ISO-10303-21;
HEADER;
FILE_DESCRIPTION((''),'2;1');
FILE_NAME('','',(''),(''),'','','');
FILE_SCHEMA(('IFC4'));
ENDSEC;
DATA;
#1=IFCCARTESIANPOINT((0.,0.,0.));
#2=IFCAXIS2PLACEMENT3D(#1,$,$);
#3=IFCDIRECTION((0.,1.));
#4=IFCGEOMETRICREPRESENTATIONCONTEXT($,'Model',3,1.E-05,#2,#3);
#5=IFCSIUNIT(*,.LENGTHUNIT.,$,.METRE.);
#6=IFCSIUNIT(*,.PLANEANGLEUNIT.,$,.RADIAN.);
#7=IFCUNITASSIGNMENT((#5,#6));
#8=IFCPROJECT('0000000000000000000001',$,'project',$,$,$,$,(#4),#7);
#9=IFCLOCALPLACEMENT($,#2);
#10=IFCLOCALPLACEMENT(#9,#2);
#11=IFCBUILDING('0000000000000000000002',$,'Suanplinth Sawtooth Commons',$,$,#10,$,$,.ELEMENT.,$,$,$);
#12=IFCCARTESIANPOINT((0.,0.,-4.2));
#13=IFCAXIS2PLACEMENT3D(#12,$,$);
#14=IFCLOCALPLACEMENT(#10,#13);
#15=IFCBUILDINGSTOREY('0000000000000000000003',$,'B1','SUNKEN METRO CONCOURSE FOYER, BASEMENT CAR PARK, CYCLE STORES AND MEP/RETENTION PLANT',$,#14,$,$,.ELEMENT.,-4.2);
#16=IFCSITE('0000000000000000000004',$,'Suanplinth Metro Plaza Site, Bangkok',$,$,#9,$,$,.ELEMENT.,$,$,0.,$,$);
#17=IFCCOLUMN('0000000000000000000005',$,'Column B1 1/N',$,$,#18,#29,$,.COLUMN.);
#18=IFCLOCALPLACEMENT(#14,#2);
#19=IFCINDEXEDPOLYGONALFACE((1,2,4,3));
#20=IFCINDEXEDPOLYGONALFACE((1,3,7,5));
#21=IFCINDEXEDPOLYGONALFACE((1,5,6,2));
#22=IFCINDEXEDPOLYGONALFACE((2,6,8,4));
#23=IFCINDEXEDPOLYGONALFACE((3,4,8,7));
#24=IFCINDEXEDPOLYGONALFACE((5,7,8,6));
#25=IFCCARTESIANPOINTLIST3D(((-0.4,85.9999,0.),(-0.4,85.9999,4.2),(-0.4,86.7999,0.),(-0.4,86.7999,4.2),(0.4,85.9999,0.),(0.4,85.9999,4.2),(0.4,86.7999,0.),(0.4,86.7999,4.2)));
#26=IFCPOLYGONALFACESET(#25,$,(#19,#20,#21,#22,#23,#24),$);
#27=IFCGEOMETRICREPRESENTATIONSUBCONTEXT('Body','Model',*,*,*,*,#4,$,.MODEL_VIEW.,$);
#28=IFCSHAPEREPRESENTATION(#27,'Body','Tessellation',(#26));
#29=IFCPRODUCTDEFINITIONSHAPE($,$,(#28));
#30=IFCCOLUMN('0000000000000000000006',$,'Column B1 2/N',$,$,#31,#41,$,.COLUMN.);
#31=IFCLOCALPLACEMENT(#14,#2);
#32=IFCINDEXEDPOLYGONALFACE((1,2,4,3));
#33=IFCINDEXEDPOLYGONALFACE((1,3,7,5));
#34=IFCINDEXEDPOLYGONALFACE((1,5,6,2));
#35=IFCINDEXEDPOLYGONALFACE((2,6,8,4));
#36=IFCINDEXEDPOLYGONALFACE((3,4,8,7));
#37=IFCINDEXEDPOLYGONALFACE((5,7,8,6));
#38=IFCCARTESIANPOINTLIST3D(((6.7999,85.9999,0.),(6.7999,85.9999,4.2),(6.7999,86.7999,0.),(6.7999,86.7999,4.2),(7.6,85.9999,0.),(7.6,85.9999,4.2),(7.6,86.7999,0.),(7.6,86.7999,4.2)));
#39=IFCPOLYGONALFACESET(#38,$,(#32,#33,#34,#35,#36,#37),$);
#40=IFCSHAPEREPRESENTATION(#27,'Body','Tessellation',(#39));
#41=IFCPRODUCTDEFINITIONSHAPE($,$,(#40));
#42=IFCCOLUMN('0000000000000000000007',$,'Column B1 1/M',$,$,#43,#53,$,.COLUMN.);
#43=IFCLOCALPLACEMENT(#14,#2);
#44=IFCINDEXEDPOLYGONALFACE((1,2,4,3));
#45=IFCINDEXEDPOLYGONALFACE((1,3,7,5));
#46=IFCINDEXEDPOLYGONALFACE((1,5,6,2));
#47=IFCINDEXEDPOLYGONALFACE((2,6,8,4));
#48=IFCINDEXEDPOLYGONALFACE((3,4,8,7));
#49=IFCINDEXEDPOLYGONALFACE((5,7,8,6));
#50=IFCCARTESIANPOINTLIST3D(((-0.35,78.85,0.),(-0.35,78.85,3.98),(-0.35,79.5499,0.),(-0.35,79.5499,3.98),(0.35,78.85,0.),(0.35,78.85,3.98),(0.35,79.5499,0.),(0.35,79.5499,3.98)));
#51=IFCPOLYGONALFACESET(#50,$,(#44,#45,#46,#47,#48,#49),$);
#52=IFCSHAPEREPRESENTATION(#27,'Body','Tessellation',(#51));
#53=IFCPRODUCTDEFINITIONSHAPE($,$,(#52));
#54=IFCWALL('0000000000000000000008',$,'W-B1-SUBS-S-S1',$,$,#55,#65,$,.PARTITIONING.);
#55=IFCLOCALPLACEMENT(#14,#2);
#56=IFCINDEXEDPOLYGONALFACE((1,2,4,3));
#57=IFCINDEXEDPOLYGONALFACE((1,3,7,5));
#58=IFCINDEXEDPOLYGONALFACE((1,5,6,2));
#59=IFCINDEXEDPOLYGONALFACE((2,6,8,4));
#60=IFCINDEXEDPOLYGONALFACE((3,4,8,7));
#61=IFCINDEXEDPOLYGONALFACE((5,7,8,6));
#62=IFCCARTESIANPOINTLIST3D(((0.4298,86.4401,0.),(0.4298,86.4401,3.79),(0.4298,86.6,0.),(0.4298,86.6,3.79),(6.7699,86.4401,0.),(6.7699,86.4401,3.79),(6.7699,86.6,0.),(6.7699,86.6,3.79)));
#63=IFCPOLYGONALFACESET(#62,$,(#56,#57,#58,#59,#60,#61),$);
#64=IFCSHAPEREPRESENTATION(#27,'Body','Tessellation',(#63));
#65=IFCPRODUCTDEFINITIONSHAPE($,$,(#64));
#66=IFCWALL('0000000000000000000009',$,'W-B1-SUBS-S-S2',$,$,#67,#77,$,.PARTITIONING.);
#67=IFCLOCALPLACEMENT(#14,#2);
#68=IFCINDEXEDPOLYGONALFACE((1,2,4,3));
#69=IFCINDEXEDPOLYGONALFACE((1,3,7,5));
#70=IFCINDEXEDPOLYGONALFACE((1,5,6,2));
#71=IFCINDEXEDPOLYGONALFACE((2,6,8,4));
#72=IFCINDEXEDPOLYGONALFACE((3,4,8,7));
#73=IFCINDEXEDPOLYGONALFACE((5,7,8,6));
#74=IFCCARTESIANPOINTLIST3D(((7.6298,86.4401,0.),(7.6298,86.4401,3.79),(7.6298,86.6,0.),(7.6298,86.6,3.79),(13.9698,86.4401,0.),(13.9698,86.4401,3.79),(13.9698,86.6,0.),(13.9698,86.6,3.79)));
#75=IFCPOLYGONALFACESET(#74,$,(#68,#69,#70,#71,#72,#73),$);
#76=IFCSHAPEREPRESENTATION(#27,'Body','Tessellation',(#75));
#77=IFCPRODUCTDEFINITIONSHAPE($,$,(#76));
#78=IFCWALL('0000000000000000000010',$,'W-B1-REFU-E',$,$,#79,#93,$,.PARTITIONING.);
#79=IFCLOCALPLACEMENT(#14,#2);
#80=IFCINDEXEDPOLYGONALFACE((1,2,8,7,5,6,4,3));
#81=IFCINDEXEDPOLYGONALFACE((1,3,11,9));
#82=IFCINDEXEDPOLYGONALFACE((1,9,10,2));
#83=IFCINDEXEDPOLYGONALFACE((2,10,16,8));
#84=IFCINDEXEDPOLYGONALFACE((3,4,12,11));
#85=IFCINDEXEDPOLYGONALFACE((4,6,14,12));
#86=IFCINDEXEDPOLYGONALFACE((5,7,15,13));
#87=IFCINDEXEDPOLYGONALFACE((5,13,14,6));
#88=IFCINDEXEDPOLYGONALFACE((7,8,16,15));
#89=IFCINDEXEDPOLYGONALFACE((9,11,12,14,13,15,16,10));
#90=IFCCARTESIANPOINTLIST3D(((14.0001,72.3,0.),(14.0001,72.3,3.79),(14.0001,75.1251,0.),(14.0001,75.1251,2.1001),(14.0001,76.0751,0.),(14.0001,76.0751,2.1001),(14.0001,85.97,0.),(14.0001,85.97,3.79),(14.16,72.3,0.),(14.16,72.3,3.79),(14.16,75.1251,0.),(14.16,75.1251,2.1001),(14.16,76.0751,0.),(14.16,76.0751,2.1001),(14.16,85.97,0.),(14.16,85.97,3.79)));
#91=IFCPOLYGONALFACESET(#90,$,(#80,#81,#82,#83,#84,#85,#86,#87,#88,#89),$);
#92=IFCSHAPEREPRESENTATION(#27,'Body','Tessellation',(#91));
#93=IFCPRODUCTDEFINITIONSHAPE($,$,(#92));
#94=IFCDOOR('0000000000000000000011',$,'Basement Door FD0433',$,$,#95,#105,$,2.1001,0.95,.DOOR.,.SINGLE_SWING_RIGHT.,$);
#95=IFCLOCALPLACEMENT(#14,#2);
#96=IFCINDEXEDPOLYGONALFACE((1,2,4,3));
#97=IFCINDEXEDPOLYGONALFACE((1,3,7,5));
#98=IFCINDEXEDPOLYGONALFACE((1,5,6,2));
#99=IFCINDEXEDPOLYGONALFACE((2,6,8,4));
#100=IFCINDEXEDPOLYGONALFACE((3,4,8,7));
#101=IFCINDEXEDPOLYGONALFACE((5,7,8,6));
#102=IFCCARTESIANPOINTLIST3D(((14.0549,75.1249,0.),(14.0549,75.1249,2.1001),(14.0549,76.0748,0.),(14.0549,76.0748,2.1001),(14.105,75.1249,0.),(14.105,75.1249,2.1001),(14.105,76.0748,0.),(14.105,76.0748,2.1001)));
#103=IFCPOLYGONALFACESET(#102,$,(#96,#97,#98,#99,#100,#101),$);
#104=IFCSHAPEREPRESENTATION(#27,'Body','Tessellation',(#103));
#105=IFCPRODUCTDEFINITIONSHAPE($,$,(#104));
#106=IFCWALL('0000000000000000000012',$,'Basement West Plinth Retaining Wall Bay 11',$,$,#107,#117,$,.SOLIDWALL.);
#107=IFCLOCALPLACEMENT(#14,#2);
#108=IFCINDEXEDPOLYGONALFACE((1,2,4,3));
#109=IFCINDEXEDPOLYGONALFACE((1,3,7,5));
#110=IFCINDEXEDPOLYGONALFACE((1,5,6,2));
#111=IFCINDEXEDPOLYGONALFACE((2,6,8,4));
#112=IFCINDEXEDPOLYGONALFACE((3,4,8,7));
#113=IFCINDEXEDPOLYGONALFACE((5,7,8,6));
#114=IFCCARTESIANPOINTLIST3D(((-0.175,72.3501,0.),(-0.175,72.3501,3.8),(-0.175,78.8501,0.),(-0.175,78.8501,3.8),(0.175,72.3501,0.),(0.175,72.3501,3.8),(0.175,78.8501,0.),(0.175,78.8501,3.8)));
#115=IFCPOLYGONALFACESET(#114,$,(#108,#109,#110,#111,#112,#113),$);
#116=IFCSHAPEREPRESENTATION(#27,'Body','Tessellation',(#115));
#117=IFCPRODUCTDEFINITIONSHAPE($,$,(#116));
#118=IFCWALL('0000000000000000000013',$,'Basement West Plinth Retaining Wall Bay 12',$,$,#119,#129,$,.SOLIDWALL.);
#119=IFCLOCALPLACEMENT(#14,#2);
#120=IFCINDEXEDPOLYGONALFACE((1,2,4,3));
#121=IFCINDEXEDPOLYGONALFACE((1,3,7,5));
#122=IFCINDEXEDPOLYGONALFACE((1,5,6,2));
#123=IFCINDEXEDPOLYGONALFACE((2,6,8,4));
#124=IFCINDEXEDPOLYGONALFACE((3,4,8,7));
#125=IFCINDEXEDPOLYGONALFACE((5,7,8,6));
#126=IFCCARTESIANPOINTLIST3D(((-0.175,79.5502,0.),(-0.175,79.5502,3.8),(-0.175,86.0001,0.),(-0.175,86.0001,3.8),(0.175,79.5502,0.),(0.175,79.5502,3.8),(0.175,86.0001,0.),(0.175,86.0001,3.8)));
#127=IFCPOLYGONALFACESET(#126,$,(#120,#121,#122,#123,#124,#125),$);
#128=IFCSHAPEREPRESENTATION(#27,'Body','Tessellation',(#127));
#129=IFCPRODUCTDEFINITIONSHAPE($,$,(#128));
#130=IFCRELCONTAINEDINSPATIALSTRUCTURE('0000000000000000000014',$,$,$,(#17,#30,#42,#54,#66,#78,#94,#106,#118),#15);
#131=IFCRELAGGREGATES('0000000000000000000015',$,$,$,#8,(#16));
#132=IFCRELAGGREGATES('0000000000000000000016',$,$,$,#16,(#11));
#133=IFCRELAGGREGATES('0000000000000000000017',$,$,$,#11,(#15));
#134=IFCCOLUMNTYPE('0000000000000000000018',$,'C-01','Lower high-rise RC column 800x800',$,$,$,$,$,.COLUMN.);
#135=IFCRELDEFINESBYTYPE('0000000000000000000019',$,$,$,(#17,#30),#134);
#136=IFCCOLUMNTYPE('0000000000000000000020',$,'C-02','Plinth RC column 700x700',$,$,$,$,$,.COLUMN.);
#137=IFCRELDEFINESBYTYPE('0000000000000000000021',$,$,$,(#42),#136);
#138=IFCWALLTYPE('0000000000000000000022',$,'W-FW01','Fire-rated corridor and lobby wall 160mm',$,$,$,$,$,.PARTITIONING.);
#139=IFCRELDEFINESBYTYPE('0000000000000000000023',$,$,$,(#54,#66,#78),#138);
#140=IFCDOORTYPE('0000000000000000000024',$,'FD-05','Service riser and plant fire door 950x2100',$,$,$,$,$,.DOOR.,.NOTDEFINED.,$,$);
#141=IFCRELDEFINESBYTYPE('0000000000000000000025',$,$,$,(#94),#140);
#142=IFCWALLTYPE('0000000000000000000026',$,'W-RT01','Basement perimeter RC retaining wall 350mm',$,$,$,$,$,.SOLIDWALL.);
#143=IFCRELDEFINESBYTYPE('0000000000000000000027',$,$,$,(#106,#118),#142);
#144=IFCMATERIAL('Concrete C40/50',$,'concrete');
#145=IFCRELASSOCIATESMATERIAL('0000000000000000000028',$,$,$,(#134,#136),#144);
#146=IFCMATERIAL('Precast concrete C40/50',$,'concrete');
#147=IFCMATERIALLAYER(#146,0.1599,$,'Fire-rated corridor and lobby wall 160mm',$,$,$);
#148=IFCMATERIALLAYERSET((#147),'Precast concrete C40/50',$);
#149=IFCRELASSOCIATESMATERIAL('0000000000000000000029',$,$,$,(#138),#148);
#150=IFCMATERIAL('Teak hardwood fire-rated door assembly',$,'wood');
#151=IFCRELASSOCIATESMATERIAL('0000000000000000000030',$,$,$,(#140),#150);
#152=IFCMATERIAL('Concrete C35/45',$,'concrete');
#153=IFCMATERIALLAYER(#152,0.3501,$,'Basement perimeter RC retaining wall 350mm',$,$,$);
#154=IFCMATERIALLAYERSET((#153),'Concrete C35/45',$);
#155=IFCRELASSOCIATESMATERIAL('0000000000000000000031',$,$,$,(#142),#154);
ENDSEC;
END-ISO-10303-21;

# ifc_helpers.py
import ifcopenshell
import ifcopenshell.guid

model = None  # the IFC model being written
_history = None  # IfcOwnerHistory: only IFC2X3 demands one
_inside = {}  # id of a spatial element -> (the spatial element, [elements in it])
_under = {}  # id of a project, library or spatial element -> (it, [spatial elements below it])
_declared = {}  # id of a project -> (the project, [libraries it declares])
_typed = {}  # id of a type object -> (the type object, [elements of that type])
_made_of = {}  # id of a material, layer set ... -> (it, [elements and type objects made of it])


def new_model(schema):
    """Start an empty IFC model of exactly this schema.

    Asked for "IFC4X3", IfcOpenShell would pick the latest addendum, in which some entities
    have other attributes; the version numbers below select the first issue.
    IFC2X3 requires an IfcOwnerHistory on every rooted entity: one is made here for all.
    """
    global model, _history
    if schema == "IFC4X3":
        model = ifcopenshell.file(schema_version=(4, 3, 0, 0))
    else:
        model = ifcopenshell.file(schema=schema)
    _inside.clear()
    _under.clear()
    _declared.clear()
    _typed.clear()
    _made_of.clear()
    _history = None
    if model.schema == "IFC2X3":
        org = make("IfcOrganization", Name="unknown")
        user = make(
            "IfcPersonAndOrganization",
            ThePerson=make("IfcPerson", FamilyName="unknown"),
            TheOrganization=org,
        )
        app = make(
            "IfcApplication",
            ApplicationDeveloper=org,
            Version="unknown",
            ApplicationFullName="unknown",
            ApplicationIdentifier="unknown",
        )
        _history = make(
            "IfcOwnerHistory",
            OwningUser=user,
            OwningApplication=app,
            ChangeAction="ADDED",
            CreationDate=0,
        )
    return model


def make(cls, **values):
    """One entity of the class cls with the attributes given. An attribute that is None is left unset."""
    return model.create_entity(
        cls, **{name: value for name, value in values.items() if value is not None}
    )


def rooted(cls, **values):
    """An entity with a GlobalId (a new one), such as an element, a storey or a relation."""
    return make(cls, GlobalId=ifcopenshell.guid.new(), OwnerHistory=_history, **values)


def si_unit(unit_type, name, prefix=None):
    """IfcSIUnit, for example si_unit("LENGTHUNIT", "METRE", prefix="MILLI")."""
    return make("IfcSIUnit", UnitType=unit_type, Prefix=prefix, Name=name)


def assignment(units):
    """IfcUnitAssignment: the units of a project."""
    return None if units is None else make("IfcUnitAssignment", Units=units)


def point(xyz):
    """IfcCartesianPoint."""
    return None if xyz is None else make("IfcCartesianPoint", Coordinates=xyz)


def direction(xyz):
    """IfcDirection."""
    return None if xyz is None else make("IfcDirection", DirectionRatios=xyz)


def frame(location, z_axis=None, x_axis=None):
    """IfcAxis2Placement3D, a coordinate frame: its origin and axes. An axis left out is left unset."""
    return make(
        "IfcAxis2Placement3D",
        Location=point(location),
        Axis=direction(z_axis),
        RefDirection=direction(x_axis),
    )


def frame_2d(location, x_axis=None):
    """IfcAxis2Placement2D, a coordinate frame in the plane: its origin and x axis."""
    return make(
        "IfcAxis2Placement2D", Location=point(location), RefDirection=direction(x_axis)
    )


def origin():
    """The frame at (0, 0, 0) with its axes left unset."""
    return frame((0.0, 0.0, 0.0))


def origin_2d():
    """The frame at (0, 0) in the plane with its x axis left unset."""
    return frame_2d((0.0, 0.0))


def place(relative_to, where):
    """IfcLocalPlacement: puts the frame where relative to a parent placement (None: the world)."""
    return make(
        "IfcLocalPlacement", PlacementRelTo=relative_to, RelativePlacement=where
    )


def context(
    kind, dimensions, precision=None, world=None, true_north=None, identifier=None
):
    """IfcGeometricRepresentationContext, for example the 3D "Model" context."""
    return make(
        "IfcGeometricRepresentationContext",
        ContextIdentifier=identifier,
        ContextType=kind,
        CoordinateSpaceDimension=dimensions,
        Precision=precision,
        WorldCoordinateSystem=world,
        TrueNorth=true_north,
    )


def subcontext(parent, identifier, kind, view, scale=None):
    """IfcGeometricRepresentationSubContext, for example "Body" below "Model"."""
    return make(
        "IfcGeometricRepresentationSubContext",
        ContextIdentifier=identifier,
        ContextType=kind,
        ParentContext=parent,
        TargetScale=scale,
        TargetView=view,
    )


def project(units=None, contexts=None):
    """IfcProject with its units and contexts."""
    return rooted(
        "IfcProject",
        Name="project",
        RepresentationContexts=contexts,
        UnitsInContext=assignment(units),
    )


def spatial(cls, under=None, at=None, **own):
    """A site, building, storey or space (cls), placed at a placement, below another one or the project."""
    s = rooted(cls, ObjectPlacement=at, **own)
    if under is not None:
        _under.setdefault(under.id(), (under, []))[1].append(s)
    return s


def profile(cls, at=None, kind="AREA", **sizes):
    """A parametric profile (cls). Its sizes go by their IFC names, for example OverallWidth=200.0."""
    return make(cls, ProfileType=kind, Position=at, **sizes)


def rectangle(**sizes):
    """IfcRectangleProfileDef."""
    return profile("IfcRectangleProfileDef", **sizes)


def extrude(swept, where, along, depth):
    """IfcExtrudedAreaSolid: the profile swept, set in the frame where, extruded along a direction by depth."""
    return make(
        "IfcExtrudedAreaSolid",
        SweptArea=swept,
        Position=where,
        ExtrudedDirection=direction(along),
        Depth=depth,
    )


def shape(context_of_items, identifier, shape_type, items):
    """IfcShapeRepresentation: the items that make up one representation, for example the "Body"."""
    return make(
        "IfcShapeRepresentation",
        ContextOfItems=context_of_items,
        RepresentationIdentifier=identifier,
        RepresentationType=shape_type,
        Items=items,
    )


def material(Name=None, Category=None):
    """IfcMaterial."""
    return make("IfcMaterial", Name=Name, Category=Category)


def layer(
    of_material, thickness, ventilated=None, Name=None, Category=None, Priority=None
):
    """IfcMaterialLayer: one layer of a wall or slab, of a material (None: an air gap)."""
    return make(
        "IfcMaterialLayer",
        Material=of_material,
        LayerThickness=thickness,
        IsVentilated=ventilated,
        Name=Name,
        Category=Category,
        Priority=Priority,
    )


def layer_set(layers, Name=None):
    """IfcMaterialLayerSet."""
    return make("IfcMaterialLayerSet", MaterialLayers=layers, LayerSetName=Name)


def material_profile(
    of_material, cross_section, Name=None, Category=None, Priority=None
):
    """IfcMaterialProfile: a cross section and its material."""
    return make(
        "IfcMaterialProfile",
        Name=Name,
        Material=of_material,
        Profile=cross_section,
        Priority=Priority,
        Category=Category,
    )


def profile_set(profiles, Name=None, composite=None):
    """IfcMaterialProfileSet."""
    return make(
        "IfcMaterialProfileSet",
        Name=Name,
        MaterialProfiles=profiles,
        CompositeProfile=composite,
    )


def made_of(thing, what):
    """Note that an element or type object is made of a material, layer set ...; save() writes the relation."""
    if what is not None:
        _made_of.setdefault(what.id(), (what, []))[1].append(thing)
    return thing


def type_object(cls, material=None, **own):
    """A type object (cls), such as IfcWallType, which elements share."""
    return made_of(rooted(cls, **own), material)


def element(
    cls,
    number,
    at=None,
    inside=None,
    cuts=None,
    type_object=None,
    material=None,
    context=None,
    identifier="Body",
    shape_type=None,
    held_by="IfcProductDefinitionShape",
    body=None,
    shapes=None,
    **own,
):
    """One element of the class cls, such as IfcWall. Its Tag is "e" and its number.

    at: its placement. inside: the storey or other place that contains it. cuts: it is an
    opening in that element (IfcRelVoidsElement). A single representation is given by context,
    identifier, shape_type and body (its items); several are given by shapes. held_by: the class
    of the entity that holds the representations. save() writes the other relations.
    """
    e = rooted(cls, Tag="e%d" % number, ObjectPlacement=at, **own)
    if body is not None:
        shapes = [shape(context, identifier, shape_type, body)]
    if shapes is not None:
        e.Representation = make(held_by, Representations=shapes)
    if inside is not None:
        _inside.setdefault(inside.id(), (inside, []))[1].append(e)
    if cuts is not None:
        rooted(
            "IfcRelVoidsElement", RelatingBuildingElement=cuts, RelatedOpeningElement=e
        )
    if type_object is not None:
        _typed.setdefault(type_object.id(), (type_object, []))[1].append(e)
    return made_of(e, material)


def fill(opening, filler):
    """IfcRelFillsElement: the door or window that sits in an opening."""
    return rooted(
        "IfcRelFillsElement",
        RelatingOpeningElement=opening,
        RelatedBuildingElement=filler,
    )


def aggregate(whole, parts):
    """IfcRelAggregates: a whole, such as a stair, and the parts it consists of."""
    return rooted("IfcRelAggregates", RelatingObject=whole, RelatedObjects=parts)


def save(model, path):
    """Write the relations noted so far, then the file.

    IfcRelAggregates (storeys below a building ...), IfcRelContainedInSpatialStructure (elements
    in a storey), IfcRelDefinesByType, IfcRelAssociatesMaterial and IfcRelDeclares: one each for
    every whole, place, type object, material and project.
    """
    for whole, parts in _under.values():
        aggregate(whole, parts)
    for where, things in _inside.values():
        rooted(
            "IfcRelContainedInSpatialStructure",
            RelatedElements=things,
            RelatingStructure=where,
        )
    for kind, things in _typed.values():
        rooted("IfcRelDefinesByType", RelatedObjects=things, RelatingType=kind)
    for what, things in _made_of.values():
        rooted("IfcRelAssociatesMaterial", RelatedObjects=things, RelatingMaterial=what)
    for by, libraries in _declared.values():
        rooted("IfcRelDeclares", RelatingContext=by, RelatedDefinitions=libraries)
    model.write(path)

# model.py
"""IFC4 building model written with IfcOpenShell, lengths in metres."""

from ifc_helpers import new_model, si_unit, direction, frame, frame_2d, origin, origin_2d, place, context, subcontext, project, spatial, rectangle, extrude, material, layer, layer_set, material_profile, profile_set, type_object, element, fill, save


model = new_model("IFC4")

# Units and contexts
model_context = context("Model", 3, precision=1e-05, world=origin(), true_north=direction((0.0, 1.0)))
body_context = subcontext(model_context, "Body", "Model", "MODEL_VIEW")
ifc_project = project(units=[si_unit("LENGTHUNIT", "METRE"), si_unit("PLANEANGLEUNIT", "RADIAN")], contexts=[model_context])

# Site, building, storey
site_placement = place(None, origin())
site = spatial("IfcSite", under=ifc_project, at=site_placement, Name="Suanplinth Metro Plaza Site, Bangkok", CompositionType="ELEMENT", RefElevation=0.0)
building_placement = place(site_placement, origin())
building = spatial("IfcBuilding", under=site, at=building_placement, Name="Suanplinth Sawtooth Commons", CompositionType="ELEMENT")
storey_placement = place(building_placement, frame((0.0, 0.0, -4.2)))
storey = spatial("IfcBuildingStorey", under=building, at=storey_placement, Name="B1", Description="SUNKEN METRO CONCOURSE FOYER, BASEMENT CAR PARK, CYCLE STORES AND MEP/RETENTION PLANT", CompositionType="ELEMENT", Elevation=-4.2)

# Shared definitions
ifc_material_1 = material(Name="Concrete C35/45", Category="concrete")

# Columns
ifc_material_2 = material(Name="Concrete C40/50", Category="concrete")
ifc_material_profile_1 = material_profile(ifc_material_2, rectangle(XDim=0.8, YDim=0.8, at=origin_2d()), Name="RC-COL 800x800")
ifc_profile_set_1 = profile_set([ifc_material_profile_1], Name="Concrete C40/50")
column_type_1 = type_object("IfcColumnType", Name="C-01", Description="Lower high-rise RC column 800x800", PredefinedType="COLUMN", material=ifc_profile_set_1)
for number, where, z_axis, x_axis, name in (
    (1, (0.0, 86.3999, 0.0), (0.0, 0.0, 1.0), (1.0, 0.0, 0.0), "Column B1 1/N"),
    (2, (7.2, 86.3999, 0.0), (0.0, 0.0, 1.0), (1.0, 0.0, 0.0), "Column B1 2/N"),
):
    element("IfcColumn", number, at=place(storey_placement, frame(where, z_axis=z_axis, x_axis=x_axis)), inside=storey, type_object=column_type_1, Name=name, PredefinedType="COLUMN", context=body_context, shape_type="SweptSolid", body=[
        extrude(rectangle(XDim=0.8, YDim=0.8, at=origin_2d()), origin(), (0.0, 0.0, 1.0), 4.2),
    ])
ifc_material_profile_2 = material_profile(ifc_material_2, rectangle(XDim=0.7, YDim=0.7, at=origin_2d()), Name="RC-COL 700x700")
ifc_profile_set_2 = profile_set([ifc_material_profile_2], Name="Concrete C40/50")
column_type_2 = type_object("IfcColumnType", Name="C-02", Description="Plinth RC column 700x700", PredefinedType="COLUMN", material=ifc_profile_set_2)
column_placement = place(storey_placement, frame((0.0, 79.2, 0.0), z_axis=(0.0, 0.0, 1.0), x_axis=(1.0, 0.0, 0.0)))
element("IfcColumn", 3, at=column_placement, inside=storey, type_object=column_type_2, Name="Column B1 1/M", PredefinedType="COLUMN", context=body_context, shape_type="SweptSolid", body=[
    extrude(rectangle(XDim=0.7, YDim=0.7, at=origin_2d()), origin(), (0.0, 0.0, 1.0), 3.98),
])

# Walls
ifc_material_3 = material(Name="Precast concrete C40/50", Category="concrete")
ifc_layer_1 = layer(ifc_material_3, 0.1599, Name="Fire-rated corridor and lobby wall 160mm")
ifc_layer_set_1 = layer_set([ifc_layer_1], Name="Precast concrete C40/50")
wall_type_1 = type_object("IfcWallType", Name="W-FW01", Description="Fire-rated corridor and lobby wall 160mm", PredefinedType="PARTITIONING", material=ifc_layer_set_1)
for number, where, z_axis, x_axis, name in (
    (4, (0.4299, 86.52, 0.0), (0.0, 0.0, 1.0), (1.0, 0.0, 0.0), "W-B1-SUBS-S-S1"),
    (5, (7.6299, 86.52, 0.0), (0.0, 0.0, 1.0), (1.0, 0.0, 0.0), "W-B1-SUBS-S-S2"),
):
    element("IfcWall", number, at=place(storey_placement, frame(where, z_axis=z_axis, x_axis=x_axis)), inside=storey, type_object=wall_type_1, Name=name, PredefinedType="PARTITIONING", context=body_context, shape_type="SweptSolid", body=[
        extrude(rectangle(XDim=6.3401, YDim=0.1599, at=frame_2d((3.1699, 0.0))), origin(), (0.0, 0.0, 1.0), 3.79),
    ])

# Wall, opening, door
wall_1_placement = place(storey_placement, frame((14.0801, 72.3, 0.0), z_axis=(0.0, 0.0, 1.0), x_axis=(0.0, 1.0, 0.0)))
wall_1 = element("IfcWall", 6, at=wall_1_placement, inside=storey, type_object=wall_type_1, Name="W-B1-REFU-E", PredefinedType="PARTITIONING", context=body_context, shape_type="SweptSolid", body=[
    extrude(rectangle(XDim=13.6699, YDim=0.1599, at=frame_2d((6.835, 0.0))), origin(), (0.0, 0.0, 1.0), 3.79),
])
opening_placement = place(wall_1_placement, frame((2.825, 0.0, 0.0)))
opening = element("IfcOpeningElement", 7, at=opening_placement, cuts=wall_1, PredefinedType="OPENING", context=body_context, shape_type="SweptSolid", body=[
    extrude(rectangle(XDim=0.95, YDim=2.1001, at=frame_2d((0.4751, 1.05))), frame((0.0, 0.0947, 0.0), z_axis=(0.0, -1.0, 0.0), x_axis=(1.0, 0.0, 0.0)), (0.0, 0.0, 1.0), 0.1897),
])
ifc_material_4 = material(Name="Teak hardwood fire-rated door assembly", Category="wood")
door_type = type_object("IfcDoorType", Name="FD-05", Description="Service riser and plant fire door 950x2100", OperationType="NOTDEFINED", PredefinedType="DOOR", material=ifc_material_4)
door_placement = place(opening_placement, frame((0.95, 0.0, 0.0), z_axis=(0.0, 0.0, 1.0), x_axis=(-1.0, 0.0, 0.0)))
door = element("IfcDoor", 8, at=door_placement, inside=storey, type_object=door_type, Name="Basement Door FD0433", OperationType="SINGLE_SWING_RIGHT", OverallHeight=2.1001, OverallWidth=0.95, PredefinedType="DOOR", context=body_context, shape_type="SweptSolid", body=[
    extrude(rectangle(XDim=0.95, YDim=2.1001, at=frame_2d((0.4751, 1.05))), frame((0.0, 0.0249, 0.0), z_axis=(0.0, -1.0, 0.0), x_axis=(1.0, 0.0, 0.0)), (0.0, 0.0, 1.0), 0.05),
])
fill(opening, door)

# Walls
ifc_layer_2 = layer(ifc_material_1, 0.3501, Name="Basement perimeter RC retaining wall 350mm")
ifc_layer_set_2 = layer_set([ifc_layer_2], Name="Concrete C35/45")
wall_type_2 = type_object("IfcWallType", Name="W-RT01", Description="Basement perimeter RC retaining wall 350mm", PredefinedType="SOLIDWALL", material=ifc_layer_set_2)
wall_2_placement = place(storey_placement, frame((0.0, 72.3501, 0.0), z_axis=(0.0, 0.0, 1.0), x_axis=(0.0, 1.0, 0.0)))
element("IfcWall", 9, at=wall_2_placement, inside=storey, type_object=wall_type_2, Name="Basement West Plinth Retaining Wall Bay 11", PredefinedType="SOLIDWALL", context=body_context, shape_type="SweptSolid", body=[
    extrude(rectangle(XDim=6.5, YDim=0.3501, at=frame_2d((3.25, 0.0))), origin(), (0.0, 0.0, 1.0), 3.8),
])
wall_3_placement = place(storey_placement, frame((0.0, 79.55, 0.0), z_axis=(0.0, 0.0, 1.0), x_axis=(0.0, 1.0, 0.0)))
element("IfcWall", 10, at=wall_3_placement, inside=storey, type_object=wall_type_2, Name="Basement West Plinth Retaining Wall Bay 12", PredefinedType="SOLIDWALL", context=body_context, shape_type="SweptSolid", body=[
    extrude(rectangle(XDim=6.45, YDim=0.3501, at=frame_2d((3.2251, 0.0))), origin(), (0.0, 0.0, 1.0), 3.8),
])

save(model, "model.ifc")
